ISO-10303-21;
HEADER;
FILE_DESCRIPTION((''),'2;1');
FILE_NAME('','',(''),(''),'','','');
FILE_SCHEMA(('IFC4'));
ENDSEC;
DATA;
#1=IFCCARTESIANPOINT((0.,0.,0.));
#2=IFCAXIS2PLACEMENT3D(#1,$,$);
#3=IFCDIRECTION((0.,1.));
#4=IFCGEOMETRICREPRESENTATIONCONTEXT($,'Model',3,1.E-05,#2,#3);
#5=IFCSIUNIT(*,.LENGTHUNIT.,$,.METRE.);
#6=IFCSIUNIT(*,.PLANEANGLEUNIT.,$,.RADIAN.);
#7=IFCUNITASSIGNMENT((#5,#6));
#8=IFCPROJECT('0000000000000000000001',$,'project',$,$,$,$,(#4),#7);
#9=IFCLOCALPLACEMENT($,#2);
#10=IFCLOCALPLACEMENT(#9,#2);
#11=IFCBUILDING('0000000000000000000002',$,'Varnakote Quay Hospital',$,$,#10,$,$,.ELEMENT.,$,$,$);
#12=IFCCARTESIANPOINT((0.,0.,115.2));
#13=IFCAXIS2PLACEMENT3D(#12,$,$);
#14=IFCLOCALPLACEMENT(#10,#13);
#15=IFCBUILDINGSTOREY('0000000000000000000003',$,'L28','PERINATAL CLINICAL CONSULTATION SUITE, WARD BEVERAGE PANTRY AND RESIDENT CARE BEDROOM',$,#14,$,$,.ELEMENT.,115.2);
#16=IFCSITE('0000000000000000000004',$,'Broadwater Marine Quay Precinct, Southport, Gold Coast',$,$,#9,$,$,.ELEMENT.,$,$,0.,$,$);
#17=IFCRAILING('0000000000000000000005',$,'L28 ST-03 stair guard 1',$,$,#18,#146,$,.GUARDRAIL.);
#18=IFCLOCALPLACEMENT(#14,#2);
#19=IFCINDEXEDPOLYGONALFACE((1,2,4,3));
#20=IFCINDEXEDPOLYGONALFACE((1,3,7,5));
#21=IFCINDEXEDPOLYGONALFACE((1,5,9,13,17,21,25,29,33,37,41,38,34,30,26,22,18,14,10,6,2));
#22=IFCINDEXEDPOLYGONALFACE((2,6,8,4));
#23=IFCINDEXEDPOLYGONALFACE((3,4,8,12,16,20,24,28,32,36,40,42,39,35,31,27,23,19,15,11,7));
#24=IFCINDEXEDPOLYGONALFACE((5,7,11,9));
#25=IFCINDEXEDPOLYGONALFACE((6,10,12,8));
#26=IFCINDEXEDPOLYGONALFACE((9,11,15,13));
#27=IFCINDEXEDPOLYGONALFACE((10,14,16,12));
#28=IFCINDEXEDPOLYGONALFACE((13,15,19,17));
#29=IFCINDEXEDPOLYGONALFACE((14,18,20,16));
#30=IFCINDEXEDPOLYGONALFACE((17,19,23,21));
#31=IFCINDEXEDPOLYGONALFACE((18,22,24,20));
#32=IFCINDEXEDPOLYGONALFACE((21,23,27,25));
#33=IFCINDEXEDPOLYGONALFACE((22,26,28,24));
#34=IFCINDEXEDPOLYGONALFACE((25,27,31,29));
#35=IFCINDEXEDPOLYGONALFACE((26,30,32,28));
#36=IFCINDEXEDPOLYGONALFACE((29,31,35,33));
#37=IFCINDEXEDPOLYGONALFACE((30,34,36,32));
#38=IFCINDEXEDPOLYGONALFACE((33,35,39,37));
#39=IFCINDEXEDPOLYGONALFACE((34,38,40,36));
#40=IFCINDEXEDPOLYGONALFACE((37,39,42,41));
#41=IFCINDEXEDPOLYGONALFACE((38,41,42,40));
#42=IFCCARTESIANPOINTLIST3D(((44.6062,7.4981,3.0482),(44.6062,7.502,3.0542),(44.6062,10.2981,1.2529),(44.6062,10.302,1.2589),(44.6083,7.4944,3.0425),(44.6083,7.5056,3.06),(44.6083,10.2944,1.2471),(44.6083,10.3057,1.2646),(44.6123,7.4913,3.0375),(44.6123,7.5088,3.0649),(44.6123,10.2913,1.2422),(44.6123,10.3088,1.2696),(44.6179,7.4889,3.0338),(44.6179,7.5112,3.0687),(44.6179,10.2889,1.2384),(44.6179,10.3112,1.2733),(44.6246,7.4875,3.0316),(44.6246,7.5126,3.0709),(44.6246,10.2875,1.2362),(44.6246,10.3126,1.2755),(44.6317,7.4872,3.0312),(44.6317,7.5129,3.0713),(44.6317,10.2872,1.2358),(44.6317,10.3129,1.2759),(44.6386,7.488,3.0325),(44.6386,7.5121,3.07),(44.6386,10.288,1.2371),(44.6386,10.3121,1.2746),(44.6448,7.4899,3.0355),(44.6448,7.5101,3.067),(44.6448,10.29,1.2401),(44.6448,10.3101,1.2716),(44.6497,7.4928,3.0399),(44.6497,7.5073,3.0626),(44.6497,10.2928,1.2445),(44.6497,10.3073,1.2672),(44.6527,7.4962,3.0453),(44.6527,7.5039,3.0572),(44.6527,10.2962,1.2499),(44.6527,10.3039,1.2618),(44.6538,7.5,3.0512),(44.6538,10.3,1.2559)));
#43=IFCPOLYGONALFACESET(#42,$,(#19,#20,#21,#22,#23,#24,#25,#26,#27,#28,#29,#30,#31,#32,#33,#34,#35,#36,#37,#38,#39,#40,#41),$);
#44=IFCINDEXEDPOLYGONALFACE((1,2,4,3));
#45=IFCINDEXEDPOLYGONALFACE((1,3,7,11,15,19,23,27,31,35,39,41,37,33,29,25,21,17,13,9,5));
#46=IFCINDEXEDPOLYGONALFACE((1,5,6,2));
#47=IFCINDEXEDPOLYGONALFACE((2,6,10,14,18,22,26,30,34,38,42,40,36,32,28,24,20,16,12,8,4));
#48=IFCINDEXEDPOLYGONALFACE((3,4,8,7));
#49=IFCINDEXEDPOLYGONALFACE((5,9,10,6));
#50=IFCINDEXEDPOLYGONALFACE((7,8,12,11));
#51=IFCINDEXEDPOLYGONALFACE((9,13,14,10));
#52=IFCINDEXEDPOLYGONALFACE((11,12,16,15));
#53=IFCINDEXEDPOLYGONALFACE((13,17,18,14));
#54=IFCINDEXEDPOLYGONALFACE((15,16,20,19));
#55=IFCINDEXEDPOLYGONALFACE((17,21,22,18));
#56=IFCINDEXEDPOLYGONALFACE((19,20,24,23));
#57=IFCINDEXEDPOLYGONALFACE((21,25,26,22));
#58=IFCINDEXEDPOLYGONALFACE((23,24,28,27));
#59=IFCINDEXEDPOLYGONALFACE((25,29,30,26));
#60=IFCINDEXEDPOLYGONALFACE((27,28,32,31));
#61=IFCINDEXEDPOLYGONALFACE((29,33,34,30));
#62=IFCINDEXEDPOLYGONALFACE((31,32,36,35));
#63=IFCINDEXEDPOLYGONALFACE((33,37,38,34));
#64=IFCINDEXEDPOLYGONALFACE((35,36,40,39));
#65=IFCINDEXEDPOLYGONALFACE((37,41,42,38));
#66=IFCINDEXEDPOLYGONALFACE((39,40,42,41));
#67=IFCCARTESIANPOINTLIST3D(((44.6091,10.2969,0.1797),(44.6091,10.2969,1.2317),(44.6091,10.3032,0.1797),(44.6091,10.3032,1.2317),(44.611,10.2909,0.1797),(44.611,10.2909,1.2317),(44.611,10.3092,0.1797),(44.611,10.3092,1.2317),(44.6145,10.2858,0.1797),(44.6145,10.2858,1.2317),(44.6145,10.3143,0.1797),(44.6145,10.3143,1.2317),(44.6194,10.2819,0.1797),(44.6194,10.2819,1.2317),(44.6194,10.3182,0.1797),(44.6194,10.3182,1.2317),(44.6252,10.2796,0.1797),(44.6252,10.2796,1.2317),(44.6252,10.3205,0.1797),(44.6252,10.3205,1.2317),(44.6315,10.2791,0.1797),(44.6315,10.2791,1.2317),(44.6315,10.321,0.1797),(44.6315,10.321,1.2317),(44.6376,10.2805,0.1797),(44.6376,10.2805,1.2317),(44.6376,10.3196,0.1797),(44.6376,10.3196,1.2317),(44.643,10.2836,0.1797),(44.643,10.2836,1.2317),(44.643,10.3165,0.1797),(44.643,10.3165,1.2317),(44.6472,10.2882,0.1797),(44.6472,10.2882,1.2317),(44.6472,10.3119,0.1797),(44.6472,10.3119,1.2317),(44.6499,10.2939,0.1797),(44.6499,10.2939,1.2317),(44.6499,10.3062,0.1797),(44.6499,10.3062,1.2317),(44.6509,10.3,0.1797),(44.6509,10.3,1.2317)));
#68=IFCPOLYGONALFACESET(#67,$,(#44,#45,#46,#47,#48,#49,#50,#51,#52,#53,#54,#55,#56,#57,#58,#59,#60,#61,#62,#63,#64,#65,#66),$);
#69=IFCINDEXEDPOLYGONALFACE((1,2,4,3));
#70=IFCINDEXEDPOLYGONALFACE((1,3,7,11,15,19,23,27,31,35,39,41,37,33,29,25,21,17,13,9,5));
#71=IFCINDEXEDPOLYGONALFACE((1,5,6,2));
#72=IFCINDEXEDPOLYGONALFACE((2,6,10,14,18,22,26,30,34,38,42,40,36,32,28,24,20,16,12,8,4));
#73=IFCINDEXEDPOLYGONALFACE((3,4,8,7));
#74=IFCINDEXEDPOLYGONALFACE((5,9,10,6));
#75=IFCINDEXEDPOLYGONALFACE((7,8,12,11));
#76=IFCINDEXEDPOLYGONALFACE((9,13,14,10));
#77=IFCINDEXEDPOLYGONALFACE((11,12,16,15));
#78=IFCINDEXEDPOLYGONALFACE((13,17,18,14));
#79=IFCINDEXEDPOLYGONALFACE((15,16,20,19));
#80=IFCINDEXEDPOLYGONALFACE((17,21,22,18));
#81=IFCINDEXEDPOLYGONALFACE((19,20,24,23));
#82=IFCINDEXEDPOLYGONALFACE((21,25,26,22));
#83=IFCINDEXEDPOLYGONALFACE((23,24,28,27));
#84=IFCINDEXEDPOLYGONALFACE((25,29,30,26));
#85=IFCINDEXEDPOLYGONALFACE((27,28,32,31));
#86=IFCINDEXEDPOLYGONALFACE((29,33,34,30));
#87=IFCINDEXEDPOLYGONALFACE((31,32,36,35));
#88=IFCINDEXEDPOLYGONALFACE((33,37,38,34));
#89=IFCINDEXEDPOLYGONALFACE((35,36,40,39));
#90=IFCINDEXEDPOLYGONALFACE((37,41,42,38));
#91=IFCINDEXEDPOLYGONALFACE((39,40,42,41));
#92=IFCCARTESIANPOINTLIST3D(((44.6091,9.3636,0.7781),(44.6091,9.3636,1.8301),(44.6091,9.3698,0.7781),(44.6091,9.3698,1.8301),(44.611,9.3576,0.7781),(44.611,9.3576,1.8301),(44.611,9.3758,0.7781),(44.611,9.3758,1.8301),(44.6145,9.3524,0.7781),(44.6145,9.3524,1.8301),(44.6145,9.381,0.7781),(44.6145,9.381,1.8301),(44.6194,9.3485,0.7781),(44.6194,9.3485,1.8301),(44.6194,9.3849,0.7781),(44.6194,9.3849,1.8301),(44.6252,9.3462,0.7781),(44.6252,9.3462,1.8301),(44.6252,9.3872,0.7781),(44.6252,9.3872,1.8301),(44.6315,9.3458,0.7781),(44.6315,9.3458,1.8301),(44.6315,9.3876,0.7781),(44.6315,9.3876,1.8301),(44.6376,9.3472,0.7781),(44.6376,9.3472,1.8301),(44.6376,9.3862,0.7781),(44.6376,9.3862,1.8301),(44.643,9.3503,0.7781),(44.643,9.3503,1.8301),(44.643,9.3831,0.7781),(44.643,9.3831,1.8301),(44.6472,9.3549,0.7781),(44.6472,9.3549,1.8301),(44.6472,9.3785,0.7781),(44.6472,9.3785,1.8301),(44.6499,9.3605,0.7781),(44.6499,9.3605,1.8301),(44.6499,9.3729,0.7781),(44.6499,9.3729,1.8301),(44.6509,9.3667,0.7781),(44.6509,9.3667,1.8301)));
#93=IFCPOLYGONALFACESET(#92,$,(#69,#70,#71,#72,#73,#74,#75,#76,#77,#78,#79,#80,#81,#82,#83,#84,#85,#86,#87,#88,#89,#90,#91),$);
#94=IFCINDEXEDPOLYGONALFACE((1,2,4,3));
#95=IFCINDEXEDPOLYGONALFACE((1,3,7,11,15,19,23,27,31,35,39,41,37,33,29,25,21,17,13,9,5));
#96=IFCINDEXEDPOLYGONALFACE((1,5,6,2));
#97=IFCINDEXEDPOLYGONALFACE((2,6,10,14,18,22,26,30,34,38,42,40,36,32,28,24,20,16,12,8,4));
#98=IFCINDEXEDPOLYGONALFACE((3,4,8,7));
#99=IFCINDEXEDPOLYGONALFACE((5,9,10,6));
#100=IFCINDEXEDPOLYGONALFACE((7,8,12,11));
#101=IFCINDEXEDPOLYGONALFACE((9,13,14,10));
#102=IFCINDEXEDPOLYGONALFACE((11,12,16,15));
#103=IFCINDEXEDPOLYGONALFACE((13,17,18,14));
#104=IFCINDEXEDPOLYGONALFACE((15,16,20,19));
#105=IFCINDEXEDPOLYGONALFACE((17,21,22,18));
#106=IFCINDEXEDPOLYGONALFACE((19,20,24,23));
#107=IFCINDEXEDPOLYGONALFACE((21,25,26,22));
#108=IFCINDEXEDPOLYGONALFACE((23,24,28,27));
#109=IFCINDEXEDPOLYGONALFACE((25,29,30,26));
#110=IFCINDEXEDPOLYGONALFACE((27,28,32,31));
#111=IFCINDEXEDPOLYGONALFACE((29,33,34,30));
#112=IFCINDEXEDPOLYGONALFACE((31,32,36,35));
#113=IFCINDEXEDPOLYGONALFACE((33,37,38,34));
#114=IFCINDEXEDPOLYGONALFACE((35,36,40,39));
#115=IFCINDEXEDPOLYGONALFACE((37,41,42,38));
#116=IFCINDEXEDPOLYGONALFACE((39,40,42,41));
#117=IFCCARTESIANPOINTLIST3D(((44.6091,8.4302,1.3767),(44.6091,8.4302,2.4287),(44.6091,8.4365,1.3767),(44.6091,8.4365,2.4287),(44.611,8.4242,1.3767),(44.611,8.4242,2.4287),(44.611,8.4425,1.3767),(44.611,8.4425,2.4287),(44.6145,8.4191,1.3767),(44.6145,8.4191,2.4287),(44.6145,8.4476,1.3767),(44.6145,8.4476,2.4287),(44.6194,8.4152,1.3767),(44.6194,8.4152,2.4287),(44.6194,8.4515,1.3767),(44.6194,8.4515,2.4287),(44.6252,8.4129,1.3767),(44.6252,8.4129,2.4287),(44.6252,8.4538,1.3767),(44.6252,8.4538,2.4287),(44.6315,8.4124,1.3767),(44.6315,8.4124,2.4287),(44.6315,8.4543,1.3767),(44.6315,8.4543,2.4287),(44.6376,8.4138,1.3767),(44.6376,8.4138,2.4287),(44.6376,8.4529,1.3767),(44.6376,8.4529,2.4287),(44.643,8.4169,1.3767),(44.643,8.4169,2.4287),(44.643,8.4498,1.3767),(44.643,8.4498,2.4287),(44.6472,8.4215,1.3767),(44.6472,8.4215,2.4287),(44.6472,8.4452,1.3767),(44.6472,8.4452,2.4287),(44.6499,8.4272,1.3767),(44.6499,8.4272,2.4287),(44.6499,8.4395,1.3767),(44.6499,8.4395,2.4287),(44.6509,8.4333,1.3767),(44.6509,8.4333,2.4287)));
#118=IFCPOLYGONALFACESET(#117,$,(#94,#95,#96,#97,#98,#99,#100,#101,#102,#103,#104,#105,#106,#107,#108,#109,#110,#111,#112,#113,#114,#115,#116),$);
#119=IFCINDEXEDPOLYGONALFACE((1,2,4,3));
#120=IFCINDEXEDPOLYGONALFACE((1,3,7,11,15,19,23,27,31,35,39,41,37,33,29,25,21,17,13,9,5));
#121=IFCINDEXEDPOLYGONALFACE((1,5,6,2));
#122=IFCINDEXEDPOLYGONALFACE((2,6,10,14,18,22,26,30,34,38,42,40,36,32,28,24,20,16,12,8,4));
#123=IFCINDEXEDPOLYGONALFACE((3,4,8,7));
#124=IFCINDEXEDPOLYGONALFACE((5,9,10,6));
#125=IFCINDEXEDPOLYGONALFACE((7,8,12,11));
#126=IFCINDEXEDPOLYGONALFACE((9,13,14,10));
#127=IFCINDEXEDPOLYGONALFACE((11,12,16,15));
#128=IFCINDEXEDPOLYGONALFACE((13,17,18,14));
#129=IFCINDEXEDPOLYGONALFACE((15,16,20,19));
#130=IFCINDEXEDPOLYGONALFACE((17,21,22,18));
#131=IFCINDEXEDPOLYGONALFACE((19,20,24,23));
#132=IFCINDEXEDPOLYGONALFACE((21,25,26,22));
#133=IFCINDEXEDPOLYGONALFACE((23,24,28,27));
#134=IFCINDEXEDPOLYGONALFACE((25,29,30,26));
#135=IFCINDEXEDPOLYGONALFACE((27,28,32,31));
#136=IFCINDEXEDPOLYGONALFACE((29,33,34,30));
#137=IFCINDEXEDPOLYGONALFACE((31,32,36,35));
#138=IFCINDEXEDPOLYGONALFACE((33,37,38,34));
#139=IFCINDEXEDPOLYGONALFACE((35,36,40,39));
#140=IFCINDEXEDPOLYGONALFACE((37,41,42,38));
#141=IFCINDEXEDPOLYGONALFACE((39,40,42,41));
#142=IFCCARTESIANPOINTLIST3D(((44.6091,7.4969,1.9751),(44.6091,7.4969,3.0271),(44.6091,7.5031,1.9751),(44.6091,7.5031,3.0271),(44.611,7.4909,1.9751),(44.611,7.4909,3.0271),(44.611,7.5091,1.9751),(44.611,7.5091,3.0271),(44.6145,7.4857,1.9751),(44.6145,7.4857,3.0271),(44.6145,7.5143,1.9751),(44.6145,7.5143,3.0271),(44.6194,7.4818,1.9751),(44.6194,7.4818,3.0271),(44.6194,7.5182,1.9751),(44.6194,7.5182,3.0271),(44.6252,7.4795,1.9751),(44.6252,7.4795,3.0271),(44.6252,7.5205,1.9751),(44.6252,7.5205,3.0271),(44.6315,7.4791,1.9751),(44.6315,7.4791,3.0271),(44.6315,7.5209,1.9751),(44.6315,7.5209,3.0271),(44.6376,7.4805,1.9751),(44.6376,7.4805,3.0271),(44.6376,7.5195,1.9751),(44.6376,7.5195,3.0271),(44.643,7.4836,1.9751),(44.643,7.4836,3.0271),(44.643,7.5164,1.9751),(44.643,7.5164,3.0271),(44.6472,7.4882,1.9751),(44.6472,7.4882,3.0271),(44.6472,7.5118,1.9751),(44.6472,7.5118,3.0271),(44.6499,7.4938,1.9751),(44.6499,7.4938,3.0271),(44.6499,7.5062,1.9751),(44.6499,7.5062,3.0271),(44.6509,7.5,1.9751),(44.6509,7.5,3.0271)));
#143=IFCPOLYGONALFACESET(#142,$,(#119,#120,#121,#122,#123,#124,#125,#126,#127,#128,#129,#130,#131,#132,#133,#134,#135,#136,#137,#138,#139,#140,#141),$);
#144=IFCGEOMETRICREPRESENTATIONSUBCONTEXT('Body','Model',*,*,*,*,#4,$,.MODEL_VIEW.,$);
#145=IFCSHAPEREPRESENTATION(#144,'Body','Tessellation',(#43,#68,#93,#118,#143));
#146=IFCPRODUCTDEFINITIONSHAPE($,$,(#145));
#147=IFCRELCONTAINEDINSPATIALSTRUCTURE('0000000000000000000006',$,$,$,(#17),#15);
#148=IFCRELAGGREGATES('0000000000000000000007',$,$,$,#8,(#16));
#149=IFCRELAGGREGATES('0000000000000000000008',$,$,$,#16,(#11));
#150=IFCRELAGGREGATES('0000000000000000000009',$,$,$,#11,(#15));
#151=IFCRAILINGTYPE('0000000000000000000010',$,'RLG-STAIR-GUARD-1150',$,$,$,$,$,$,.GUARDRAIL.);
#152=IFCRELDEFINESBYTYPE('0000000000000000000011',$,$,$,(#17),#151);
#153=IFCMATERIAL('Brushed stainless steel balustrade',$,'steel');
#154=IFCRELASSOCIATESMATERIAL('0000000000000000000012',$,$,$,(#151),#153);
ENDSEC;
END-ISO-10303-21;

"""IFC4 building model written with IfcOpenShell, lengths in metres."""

from ifc_helpers import new_model, si_unit, direction, frame, origin, origin_2d, place, context, subcontext, project, spatial, circle, extrude, material, type_object, element, save


model = new_model("IFC4")

# Units and contexts
model_context = context("Model", 3, precision=1e-05, world=origin(), true_north=direction((0.0, 1.0)))
body_context = subcontext(model_context, "Body", "Model", "MODEL_VIEW")
ifc_project = project(units=[si_unit("LENGTHUNIT", "METRE"), si_unit("PLANEANGLEUNIT", "RADIAN")], contexts=[model_context])

# Site, building, storey
site_placement = place(None, origin())
site = spatial("IfcSite", under=ifc_project, at=site_placement, Name="Broadwater Marine Quay Precinct, Southport, Gold Coast", CompositionType="ELEMENT", RefElevation=0.0)
building_placement = place(site_placement, origin())
building = spatial("IfcBuilding", under=site, at=building_placement, Name="Varnakote Quay Hospital", CompositionType="ELEMENT")
storey_placement = place(building_placement, frame((0.0, 0.0, 115.2)))
storey = spatial("IfcBuildingStorey", under=building, at=storey_placement, Name="L28", Description="PERINATAL CLINICAL CONSULTATION SUITE, WARD BEVERAGE PANTRY AND RESIDENT CARE BEDROOM", CompositionType="ELEMENT", Elevation=115.2)

# Railing
ifc_material_1 = material(Name="Brushed stainless steel balustrade", Category="steel")
railing_type_1 = type_object("IfcRailingType", Name="RLG-STAIR-GUARD-1150", PredefinedType="GUARDRAIL", material=ifc_material_1)
railing_1_placement = place(storey_placement, frame((44.6299, 10.3, 0.1797)))
element("IfcRailing", 1, at=railing_1_placement, inside=storey, type_object=railing_type_1, Name="L28 ST-03 stair guard 1", PredefinedType="GUARDRAIL", context=body_context, shape_type="SweptSolid", body=[
    extrude(circle(Radius=0.0239, at=origin_2d()), frame((0.0, 0.0, 1.0762), z_axis=(0.0, -0.84181, 0.539774), x_axis=(1.0, 0.0, 0.0)), (0.0, 0.0, 1.0), 3.3262),
    extrude(circle(Radius=0.021, at=origin_2d()), origin(), (0.0, 0.0, 1.0), 1.052),
    extrude(circle(Radius=0.021, at=origin_2d()), frame((0.0, -0.9333, 0.5984)), (0.0, 0.0, 1.0), 1.052),
    extrude(circle(Radius=0.021, at=origin_2d()), frame((0.0, -1.8667, 1.197)), (0.0, 0.0, 1.0), 1.052),
    extrude(circle(Radius=0.021, at=origin_2d()), frame((0.0, -2.8, 1.7954)), (0.0, 0.0, 1.0), 1.052),
])

save(model, "model.ifc")
